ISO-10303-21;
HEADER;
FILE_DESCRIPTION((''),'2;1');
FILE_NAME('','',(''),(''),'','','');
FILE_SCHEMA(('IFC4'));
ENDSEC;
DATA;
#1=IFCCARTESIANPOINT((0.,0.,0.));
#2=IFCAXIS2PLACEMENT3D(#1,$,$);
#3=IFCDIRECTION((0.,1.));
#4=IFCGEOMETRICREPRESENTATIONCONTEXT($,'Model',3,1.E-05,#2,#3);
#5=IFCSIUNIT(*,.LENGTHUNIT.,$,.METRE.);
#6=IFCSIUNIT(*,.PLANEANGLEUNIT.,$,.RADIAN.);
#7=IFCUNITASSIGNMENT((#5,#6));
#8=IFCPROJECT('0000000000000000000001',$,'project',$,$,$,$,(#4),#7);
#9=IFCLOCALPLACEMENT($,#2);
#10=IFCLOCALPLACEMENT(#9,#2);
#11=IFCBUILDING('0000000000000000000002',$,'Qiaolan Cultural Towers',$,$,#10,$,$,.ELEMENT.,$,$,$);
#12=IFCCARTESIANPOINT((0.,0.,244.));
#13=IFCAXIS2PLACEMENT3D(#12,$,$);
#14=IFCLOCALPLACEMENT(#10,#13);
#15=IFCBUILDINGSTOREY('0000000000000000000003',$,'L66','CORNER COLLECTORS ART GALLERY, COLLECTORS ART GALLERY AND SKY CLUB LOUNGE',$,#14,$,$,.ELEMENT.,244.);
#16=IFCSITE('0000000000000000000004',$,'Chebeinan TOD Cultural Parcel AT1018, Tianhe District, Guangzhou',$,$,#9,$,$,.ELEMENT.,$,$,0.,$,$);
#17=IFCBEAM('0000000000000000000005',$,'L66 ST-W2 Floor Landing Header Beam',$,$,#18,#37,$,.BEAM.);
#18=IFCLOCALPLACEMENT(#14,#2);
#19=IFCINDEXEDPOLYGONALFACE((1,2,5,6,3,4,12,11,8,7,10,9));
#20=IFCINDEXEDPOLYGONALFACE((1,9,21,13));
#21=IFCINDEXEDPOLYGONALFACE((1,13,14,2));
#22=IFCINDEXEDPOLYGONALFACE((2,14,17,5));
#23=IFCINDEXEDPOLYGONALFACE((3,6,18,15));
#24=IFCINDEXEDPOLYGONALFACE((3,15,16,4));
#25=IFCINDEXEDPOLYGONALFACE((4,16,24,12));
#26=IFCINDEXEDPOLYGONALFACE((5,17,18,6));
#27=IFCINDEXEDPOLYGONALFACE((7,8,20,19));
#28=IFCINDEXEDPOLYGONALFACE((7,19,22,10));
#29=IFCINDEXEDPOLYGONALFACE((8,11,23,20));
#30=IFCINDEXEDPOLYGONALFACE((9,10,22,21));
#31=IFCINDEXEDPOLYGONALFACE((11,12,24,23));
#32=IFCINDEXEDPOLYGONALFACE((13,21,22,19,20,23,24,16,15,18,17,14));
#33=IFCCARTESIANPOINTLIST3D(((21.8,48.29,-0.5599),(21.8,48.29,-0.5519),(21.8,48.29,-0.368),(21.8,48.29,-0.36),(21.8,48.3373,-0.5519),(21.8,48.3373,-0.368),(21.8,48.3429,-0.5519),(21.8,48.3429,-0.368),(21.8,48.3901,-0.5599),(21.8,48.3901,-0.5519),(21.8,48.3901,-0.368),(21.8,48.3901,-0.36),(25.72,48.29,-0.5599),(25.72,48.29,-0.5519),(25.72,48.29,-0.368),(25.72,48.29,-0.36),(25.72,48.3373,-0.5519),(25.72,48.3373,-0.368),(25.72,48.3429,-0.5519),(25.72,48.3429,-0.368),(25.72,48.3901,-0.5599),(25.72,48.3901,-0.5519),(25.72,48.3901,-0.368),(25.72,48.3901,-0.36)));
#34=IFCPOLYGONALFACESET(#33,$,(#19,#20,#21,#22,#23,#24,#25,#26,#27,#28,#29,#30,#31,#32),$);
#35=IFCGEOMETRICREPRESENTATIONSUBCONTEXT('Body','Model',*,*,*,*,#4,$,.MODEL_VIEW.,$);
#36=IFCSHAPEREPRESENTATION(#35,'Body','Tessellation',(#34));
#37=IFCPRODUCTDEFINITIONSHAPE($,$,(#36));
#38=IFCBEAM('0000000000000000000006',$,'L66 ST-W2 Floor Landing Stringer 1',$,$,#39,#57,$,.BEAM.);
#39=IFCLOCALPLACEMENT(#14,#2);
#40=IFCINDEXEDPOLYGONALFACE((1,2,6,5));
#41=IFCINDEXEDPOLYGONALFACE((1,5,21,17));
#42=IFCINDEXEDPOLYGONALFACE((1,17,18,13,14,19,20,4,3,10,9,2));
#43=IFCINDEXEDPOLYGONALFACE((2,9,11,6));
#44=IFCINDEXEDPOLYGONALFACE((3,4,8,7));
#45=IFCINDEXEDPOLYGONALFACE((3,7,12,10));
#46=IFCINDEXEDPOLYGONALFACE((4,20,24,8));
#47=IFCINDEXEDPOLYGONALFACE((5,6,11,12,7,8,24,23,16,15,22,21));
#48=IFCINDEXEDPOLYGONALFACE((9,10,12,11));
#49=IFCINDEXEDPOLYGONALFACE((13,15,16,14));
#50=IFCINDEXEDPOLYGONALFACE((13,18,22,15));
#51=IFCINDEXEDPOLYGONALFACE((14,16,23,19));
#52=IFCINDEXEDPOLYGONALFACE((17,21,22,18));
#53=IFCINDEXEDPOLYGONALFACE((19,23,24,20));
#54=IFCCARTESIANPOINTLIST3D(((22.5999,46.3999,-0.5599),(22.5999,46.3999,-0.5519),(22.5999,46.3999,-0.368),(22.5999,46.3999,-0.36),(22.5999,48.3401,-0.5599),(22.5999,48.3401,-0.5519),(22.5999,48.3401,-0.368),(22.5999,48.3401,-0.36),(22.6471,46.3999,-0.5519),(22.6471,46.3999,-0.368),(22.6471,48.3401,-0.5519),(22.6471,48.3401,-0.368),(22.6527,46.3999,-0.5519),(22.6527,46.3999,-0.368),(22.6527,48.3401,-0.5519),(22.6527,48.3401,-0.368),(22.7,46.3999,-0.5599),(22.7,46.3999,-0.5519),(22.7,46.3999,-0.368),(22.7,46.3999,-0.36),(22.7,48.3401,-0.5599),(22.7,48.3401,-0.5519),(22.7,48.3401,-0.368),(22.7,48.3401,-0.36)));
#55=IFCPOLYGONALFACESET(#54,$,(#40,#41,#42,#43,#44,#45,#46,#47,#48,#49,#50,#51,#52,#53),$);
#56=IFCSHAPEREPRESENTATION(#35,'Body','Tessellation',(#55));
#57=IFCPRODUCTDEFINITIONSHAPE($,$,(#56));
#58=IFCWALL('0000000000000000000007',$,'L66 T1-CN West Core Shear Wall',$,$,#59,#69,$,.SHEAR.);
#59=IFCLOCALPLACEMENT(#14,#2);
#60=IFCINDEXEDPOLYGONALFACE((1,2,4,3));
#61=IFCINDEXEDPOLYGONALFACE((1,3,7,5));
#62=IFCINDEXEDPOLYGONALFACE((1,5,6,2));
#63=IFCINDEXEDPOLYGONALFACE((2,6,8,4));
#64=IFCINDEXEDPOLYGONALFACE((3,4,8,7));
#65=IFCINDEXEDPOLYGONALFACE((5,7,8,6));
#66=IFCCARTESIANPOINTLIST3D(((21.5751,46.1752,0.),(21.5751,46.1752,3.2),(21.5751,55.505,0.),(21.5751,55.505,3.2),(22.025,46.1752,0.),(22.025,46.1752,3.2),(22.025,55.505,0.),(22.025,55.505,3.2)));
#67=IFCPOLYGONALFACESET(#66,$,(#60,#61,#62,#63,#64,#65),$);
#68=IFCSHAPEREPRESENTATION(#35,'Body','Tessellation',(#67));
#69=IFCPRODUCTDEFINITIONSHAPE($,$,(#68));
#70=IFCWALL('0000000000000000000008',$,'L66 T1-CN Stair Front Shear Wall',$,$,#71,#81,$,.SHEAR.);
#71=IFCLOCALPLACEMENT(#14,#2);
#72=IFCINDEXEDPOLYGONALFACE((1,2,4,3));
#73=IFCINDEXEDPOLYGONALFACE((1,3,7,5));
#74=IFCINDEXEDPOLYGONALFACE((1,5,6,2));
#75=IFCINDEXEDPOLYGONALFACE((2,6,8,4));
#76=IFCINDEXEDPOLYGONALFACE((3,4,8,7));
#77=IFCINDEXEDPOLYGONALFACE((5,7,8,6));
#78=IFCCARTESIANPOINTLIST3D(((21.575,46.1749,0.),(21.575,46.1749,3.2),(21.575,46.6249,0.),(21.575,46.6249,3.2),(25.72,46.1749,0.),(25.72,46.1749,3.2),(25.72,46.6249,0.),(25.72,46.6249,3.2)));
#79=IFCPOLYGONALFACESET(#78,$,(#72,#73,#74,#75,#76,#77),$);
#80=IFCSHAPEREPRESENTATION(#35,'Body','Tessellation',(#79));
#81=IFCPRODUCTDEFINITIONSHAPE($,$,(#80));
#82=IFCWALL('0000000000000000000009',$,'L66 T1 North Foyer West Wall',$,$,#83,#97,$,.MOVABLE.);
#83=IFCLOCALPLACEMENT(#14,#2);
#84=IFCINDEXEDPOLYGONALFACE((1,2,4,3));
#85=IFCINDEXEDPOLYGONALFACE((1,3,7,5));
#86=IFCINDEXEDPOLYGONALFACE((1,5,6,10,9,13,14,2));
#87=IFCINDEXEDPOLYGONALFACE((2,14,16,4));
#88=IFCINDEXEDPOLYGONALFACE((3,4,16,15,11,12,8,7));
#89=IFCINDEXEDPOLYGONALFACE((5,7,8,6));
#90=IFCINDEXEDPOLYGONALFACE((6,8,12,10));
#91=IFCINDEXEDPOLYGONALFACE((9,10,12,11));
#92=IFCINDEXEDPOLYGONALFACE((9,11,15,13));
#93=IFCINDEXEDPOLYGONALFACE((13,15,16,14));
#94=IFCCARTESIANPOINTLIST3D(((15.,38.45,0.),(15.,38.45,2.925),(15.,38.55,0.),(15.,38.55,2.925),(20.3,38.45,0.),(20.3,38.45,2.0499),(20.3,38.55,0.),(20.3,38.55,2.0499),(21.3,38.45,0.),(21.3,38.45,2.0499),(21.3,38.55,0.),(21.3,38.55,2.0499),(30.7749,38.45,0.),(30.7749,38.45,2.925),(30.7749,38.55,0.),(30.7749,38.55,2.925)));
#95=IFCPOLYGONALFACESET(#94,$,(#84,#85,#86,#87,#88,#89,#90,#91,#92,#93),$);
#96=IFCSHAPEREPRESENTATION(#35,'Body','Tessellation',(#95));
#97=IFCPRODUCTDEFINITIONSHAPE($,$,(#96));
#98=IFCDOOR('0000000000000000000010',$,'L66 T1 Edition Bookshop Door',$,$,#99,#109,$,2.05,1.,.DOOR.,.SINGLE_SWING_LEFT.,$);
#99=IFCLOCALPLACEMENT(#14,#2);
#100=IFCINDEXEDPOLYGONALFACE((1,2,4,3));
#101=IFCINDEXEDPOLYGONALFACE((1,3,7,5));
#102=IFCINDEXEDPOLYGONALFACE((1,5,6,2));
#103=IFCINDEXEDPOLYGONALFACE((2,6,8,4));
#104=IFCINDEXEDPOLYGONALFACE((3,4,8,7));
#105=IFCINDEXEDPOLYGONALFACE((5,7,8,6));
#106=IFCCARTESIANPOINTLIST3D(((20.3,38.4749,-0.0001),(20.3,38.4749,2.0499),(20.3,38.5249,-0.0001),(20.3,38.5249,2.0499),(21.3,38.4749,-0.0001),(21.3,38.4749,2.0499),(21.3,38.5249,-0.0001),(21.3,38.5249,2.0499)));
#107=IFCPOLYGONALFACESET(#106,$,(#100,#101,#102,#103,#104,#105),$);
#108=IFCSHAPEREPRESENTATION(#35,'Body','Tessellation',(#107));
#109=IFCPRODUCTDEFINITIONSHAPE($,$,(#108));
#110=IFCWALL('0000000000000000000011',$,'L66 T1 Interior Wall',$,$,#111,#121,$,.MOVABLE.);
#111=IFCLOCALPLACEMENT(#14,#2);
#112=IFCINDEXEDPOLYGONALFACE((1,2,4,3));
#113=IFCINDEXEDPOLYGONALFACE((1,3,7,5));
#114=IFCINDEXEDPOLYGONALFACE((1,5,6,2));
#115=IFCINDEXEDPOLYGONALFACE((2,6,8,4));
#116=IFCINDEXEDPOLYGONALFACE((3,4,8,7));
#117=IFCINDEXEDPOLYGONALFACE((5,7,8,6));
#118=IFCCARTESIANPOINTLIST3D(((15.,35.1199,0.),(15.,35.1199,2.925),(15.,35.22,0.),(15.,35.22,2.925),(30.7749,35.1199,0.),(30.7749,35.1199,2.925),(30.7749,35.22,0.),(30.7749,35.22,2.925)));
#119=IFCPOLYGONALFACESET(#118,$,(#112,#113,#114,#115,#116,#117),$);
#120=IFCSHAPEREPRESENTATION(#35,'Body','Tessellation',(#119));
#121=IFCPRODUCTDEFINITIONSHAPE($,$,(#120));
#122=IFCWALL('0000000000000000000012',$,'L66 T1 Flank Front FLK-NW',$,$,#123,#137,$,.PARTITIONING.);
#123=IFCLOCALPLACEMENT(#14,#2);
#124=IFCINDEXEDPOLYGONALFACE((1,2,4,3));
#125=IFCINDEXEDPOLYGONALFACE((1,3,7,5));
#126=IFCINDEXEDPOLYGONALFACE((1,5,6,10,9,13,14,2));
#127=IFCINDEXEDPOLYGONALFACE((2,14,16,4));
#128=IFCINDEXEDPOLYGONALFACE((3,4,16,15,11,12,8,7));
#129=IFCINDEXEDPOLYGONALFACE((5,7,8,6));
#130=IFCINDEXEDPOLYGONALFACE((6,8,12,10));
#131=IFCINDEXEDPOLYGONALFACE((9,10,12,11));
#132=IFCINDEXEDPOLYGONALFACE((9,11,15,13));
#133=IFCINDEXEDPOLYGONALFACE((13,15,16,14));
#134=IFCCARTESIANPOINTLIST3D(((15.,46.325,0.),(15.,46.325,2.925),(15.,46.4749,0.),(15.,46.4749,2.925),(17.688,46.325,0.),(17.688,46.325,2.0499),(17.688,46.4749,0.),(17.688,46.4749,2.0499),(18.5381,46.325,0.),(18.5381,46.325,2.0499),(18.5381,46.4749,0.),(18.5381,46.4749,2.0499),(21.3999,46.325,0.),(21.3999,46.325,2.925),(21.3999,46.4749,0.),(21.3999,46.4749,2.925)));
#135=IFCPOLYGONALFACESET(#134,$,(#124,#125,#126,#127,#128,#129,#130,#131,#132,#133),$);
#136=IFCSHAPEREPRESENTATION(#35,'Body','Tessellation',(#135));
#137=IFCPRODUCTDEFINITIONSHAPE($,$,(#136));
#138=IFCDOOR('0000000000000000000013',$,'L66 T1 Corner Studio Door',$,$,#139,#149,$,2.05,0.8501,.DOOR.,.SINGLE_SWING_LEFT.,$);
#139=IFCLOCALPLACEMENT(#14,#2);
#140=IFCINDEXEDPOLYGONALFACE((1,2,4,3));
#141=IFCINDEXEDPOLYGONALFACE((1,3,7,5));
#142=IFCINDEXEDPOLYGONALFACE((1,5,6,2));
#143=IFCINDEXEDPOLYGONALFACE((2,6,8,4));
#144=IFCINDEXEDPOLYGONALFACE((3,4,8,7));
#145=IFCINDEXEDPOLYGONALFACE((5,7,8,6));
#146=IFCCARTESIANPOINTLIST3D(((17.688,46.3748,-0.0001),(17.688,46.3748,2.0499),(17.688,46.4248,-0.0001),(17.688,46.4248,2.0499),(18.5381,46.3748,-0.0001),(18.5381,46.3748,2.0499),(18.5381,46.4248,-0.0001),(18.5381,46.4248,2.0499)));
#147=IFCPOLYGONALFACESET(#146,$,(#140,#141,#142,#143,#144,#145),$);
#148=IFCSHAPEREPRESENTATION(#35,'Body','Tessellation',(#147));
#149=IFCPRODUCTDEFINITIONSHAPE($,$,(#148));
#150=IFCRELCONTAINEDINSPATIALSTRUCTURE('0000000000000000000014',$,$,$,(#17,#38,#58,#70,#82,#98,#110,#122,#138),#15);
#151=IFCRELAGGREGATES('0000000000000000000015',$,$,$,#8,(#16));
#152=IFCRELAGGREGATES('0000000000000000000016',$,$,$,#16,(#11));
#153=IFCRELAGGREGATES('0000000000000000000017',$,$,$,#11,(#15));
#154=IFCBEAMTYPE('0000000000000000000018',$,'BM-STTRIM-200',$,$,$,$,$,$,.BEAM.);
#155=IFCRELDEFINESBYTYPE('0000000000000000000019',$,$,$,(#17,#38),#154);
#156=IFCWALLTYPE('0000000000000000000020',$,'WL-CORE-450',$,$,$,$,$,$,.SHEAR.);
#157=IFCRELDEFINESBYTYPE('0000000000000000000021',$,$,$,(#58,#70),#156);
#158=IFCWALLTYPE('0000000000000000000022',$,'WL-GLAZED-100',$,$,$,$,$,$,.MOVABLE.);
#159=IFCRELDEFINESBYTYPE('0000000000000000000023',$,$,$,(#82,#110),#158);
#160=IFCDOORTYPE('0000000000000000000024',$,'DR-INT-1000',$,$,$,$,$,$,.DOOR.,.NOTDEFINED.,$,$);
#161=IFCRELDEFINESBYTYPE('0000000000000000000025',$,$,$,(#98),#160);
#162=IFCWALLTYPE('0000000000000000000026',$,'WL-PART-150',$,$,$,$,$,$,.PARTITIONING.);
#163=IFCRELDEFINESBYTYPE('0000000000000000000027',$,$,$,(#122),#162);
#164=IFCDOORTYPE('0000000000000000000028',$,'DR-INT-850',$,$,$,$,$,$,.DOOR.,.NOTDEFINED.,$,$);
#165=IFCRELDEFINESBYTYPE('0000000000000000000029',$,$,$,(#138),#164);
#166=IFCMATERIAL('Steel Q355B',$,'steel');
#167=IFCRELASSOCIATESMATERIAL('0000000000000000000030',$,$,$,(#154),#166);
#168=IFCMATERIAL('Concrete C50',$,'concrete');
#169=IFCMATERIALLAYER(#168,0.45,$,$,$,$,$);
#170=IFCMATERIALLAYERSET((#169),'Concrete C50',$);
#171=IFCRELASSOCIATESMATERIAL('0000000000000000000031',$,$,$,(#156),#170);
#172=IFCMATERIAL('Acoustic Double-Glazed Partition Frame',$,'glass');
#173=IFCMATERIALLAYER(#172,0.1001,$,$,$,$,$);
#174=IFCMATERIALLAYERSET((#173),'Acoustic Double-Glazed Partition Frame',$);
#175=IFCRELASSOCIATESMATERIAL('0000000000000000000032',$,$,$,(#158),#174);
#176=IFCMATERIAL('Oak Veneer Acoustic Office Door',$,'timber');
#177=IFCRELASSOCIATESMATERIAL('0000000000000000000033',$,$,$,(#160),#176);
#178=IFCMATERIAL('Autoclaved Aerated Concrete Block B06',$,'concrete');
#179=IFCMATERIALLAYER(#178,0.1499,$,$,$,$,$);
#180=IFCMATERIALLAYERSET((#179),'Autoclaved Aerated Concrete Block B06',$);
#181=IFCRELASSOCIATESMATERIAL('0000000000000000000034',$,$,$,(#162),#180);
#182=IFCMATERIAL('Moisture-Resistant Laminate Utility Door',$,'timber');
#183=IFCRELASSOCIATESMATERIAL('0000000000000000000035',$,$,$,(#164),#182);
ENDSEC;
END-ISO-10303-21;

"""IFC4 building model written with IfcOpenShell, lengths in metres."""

from ifc_helpers import new_model, si_unit, direction, frame, frame_2d, origin, origin_2d, place, context, subcontext, project, spatial, rectangle, i_section, extrude, material, layer, layer_set, material_profile, profile_set, type_object, element, fill, save


model = new_model("IFC4")

# Units and contexts
model_context = context("Model", 3, precision=1e-05, world=origin(), true_north=direction((0.0, 1.0)))
body_context = subcontext(model_context, "Body", "Model", "MODEL_VIEW")
ifc_project = project(units=[si_unit("LENGTHUNIT", "METRE"), si_unit("PLANEANGLEUNIT", "RADIAN")], contexts=[model_context])

# Site, building, storey
site_placement = place(None, origin())
site = spatial("IfcSite", under=ifc_project, at=site_placement, Name="Chebeinan TOD Cultural Parcel AT1018, Tianhe District, Guangzhou", CompositionType="ELEMENT", RefElevation=0.0)
building_placement = place(site_placement, origin())
building = spatial("IfcBuilding", under=site, at=building_placement, Name="Qiaolan Cultural Towers", CompositionType="ELEMENT")
storey_placement = place(building_placement, frame((0.0, 0.0, 244.0)))
storey = spatial("IfcBuildingStorey", under=building, at=storey_placement, Name="L66", Description="CORNER COLLECTORS ART GALLERY, COLLECTORS ART GALLERY AND SKY CLUB LOUNGE", CompositionType="ELEMENT", Elevation=244.0)

# Beams
ifc_material_1 = material(Name="Steel Q355B", Category="steel")
ifc_material_profile_1 = material_profile(ifc_material_1, i_section(OverallWidth=0.1001, OverallDepth=0.2, WebThickness=0.0056, FlangeThickness=0.0081, at=origin_2d()), Name="HN200x100x5.5x8")
ifc_profile_set_1 = profile_set([ifc_material_profile_1], Name="Steel Q355B")
beam_type_1 = type_object("IfcBeamType", Name="BM-STTRIM-200", PredefinedType="BEAM", material=ifc_profile_set_1)
beam_1_placement = place(storey_placement, frame((21.8, 48.3401, -0.46), z_axis=(1.0, 0.0, 0.0), x_axis=(0.0, 1.0, 0.0)))
element("IfcBeam", 1, at=beam_1_placement, inside=storey, type_object=beam_type_1, Name="L66 ST-W2 Floor Landing Header Beam", PredefinedType="BEAM", context=body_context, shape_type="SweptSolid", body=[
    extrude(i_section(OverallWidth=0.1001, OverallDepth=0.2, WebThickness=0.0056, FlangeThickness=0.0081, at=origin_2d()), origin(), (0.0, 0.0, 1.0), 3.9199),
])
beam_2_placement = place(storey_placement, frame((22.6499, 46.3999, -0.46), z_axis=(0.0, 1.0, 0.0), x_axis=(-1.0, 0.0, 0.0)))
element("IfcBeam", 2, at=beam_2_placement, inside=storey, type_object=beam_type_1, Name="L66 ST-W2 Floor Landing Stringer 1", PredefinedType="BEAM", context=body_context, shape_type="SweptSolid", body=[
    extrude(i_section(OverallWidth=0.1001, OverallDepth=0.2, WebThickness=0.0056, FlangeThickness=0.0081, at=origin_2d()), origin(), (0.0, 0.0, 1.0), 1.9402),
])

# Walls
ifc_material_2 = material(Name="Concrete C50", Category="concrete")
ifc_layer_1 = layer(ifc_material_2, 0.45)
ifc_layer_set_1 = layer_set([ifc_layer_1], Name="Concrete C50")
wall_type_1 = type_object("IfcWallType", Name="WL-CORE-450", PredefinedType="SHEAR", material=ifc_layer_set_1)
wall_1_placement = place(storey_placement, frame((21.8, 46.175, 0.0), z_axis=(0.0, 0.0, 1.0), x_axis=(0.0, 1.0, 0.0)))
element("IfcWall", 3, at=wall_1_placement, inside=storey, type_object=wall_type_1, Name="L66 T1-CN West Core Shear Wall", PredefinedType="SHEAR", context=body_context, shape_type="SweptSolid", body=[
    extrude(rectangle(XDim=9.3298, YDim=0.45, at=frame_2d((4.665, 0.0))), origin(), (0.0, 0.0, 1.0), 3.2),
])
wall_2_placement = place(storey_placement, frame((21.575, 46.3999, 0.0), z_axis=(0.0, 0.0, 1.0), x_axis=(1.0, 0.0, 0.0)))
element("IfcWall", 4, at=wall_2_placement, inside=storey, type_object=wall_type_1, Name="L66 T1-CN Stair Front Shear Wall", PredefinedType="SHEAR", context=body_context, shape_type="SweptSolid", body=[
    extrude(rectangle(XDim=4.145, YDim=0.45, at=frame_2d((2.0725, 0.0))), origin(), (0.0, 0.0, 1.0), 3.2),
])

# Wall, opening, door
ifc_material_3 = material(Name="Acoustic Double-Glazed Partition Frame", Category="glass")
ifc_layer_2 = layer(ifc_material_3, 0.1001)
ifc_layer_set_2 = layer_set([ifc_layer_2], Name="Acoustic Double-Glazed Partition Frame")
wall_type_2 = type_object("IfcWallType", Name="WL-GLAZED-100", PredefinedType="MOVABLE", material=ifc_layer_set_2)
wall_3_placement = place(storey_placement, frame((15.0, 38.5, 0.0), z_axis=(0.0, 0.0, 1.0), x_axis=(1.0, 0.0, 0.0)))
wall_3 = element("IfcWall", 5, at=wall_3_placement, inside=storey, type_object=wall_type_2, Name="L66 T1 North Foyer West Wall", PredefinedType="MOVABLE", context=body_context, shape_type="SweptSolid", body=[
    extrude(rectangle(XDim=15.7749, YDim=0.1001, at=frame_2d((7.8875, 0.0))), origin(), (0.0, 0.0, 1.0), 2.925),
])
opening_1_placement = place(wall_3_placement, frame((5.3, 0.0, 0.0)))
opening_1 = element("IfcOpeningElement", 6, at=opening_1_placement, cuts=wall_3, PredefinedType="OPENING", context=body_context, shape_type="SweptSolid", body=[
    extrude(rectangle(XDim=1.0, YDim=2.05, at=frame_2d((0.5, 1.0249))), frame((0.0, 0.0601, 0.0), z_axis=(0.0, -1.0, 0.0), x_axis=(1.0, 0.0, 0.0)), (0.0, 0.0, 1.0), 0.1201),
])
ifc_material_4 = material(Name="Oak Veneer Acoustic Office Door", Category="timber")
door_type_1 = type_object("IfcDoorType", Name="DR-INT-1000", OperationType="NOTDEFINED", PredefinedType="DOOR", material=ifc_material_4)
door_1_placement = place(opening_1_placement, origin())
door_1 = element("IfcDoor", 7, at=door_1_placement, inside=storey, type_object=door_type_1, Name="L66 T1 Edition Bookshop Door", OperationType="SINGLE_SWING_LEFT", OverallHeight=2.05, OverallWidth=1.0, PredefinedType="DOOR", context=body_context, shape_type="SweptSolid", body=[
    extrude(rectangle(XDim=1.0, YDim=2.05, at=frame_2d((0.5, 1.0249))), frame((0.0, 0.0249, 0.0), z_axis=(0.0, -1.0, 0.0), x_axis=(1.0, 0.0, 0.0)), (0.0, 0.0, 1.0), 0.05),
])
fill(opening_1, door_1)

# Wall
wall_4_placement = place(storey_placement, frame((15.0, 35.1699, 0.0), z_axis=(0.0, 0.0, 1.0), x_axis=(1.0, 0.0, 0.0)))
element("IfcWall", 8, at=wall_4_placement, inside=storey, type_object=wall_type_2, Name="L66 T1 Interior Wall", PredefinedType="MOVABLE", context=body_context, shape_type="SweptSolid", body=[
    extrude(rectangle(XDim=15.7749, YDim=0.1001, at=frame_2d((7.8875, 0.0))), origin(), (0.0, 0.0, 1.0), 2.925),
])

# Wall, opening, door
ifc_material_5 = material(Name="Autoclaved Aerated Concrete Block B06", Category="concrete")
ifc_layer_3 = layer(ifc_material_5, 0.1499)
ifc_layer_set_3 = layer_set([ifc_layer_3], Name="Autoclaved Aerated Concrete Block B06")
wall_type_3 = type_object("IfcWallType", Name="WL-PART-150", PredefinedType="PARTITIONING", material=ifc_layer_set_3)
wall_5_placement = place(storey_placement, frame((15.0, 46.3999, 0.0), z_axis=(0.0, 0.0, 1.0), x_axis=(1.0, 0.0, 0.0)))
wall_5 = element("IfcWall", 9, at=wall_5_placement, inside=storey, type_object=wall_type_3, Name="L66 T1 Flank Front FLK-NW", PredefinedType="PARTITIONING", context=body_context, shape_type="SweptSolid", body=[
    extrude(rectangle(XDim=6.3999, YDim=0.1499, at=frame_2d((3.2, 0.0))), origin(), (0.0, 0.0, 1.0), 2.925),
])
opening_2_placement = place(wall_5_placement, frame((2.688, 0.0, 0.0)))
opening_2 = element("IfcOpeningElement", 10, at=opening_2_placement, cuts=wall_5, PredefinedType="OPENING", context=body_context, shape_type="SweptSolid", body=[
    extrude(rectangle(XDim=0.8501, YDim=2.05, at=frame_2d((0.425, 1.0249))), frame((0.0, 0.085, 0.0), z_axis=(0.0, -1.0, 0.0), x_axis=(1.0, 0.0, 0.0)), (0.0, 0.0, 1.0), 0.1699),
])
ifc_material_6 = material(Name="Moisture-Resistant Laminate Utility Door", Category="timber")
door_type_2 = type_object("IfcDoorType", Name="DR-INT-850", OperationType="NOTDEFINED", PredefinedType="DOOR", material=ifc_material_6)
door_2_placement = place(opening_2_placement, origin())
door_2 = element("IfcDoor", 11, at=door_2_placement, inside=storey, type_object=door_type_2, Name="L66 T1 Corner Studio Door", OperationType="SINGLE_SWING_LEFT", OverallHeight=2.05, OverallWidth=0.8501, PredefinedType="DOOR", context=body_context, shape_type="SweptSolid", body=[
    extrude(rectangle(XDim=0.8501, YDim=2.05, at=frame_2d((0.425, 1.0249))), frame((0.0, 0.0249, 0.0), z_axis=(0.0, -1.0, 0.0), x_axis=(1.0, 0.0, 0.0)), (0.0, 0.0, 1.0), 0.05),
])
fill(opening_2, door_2)

save(model, "model.ifc")
